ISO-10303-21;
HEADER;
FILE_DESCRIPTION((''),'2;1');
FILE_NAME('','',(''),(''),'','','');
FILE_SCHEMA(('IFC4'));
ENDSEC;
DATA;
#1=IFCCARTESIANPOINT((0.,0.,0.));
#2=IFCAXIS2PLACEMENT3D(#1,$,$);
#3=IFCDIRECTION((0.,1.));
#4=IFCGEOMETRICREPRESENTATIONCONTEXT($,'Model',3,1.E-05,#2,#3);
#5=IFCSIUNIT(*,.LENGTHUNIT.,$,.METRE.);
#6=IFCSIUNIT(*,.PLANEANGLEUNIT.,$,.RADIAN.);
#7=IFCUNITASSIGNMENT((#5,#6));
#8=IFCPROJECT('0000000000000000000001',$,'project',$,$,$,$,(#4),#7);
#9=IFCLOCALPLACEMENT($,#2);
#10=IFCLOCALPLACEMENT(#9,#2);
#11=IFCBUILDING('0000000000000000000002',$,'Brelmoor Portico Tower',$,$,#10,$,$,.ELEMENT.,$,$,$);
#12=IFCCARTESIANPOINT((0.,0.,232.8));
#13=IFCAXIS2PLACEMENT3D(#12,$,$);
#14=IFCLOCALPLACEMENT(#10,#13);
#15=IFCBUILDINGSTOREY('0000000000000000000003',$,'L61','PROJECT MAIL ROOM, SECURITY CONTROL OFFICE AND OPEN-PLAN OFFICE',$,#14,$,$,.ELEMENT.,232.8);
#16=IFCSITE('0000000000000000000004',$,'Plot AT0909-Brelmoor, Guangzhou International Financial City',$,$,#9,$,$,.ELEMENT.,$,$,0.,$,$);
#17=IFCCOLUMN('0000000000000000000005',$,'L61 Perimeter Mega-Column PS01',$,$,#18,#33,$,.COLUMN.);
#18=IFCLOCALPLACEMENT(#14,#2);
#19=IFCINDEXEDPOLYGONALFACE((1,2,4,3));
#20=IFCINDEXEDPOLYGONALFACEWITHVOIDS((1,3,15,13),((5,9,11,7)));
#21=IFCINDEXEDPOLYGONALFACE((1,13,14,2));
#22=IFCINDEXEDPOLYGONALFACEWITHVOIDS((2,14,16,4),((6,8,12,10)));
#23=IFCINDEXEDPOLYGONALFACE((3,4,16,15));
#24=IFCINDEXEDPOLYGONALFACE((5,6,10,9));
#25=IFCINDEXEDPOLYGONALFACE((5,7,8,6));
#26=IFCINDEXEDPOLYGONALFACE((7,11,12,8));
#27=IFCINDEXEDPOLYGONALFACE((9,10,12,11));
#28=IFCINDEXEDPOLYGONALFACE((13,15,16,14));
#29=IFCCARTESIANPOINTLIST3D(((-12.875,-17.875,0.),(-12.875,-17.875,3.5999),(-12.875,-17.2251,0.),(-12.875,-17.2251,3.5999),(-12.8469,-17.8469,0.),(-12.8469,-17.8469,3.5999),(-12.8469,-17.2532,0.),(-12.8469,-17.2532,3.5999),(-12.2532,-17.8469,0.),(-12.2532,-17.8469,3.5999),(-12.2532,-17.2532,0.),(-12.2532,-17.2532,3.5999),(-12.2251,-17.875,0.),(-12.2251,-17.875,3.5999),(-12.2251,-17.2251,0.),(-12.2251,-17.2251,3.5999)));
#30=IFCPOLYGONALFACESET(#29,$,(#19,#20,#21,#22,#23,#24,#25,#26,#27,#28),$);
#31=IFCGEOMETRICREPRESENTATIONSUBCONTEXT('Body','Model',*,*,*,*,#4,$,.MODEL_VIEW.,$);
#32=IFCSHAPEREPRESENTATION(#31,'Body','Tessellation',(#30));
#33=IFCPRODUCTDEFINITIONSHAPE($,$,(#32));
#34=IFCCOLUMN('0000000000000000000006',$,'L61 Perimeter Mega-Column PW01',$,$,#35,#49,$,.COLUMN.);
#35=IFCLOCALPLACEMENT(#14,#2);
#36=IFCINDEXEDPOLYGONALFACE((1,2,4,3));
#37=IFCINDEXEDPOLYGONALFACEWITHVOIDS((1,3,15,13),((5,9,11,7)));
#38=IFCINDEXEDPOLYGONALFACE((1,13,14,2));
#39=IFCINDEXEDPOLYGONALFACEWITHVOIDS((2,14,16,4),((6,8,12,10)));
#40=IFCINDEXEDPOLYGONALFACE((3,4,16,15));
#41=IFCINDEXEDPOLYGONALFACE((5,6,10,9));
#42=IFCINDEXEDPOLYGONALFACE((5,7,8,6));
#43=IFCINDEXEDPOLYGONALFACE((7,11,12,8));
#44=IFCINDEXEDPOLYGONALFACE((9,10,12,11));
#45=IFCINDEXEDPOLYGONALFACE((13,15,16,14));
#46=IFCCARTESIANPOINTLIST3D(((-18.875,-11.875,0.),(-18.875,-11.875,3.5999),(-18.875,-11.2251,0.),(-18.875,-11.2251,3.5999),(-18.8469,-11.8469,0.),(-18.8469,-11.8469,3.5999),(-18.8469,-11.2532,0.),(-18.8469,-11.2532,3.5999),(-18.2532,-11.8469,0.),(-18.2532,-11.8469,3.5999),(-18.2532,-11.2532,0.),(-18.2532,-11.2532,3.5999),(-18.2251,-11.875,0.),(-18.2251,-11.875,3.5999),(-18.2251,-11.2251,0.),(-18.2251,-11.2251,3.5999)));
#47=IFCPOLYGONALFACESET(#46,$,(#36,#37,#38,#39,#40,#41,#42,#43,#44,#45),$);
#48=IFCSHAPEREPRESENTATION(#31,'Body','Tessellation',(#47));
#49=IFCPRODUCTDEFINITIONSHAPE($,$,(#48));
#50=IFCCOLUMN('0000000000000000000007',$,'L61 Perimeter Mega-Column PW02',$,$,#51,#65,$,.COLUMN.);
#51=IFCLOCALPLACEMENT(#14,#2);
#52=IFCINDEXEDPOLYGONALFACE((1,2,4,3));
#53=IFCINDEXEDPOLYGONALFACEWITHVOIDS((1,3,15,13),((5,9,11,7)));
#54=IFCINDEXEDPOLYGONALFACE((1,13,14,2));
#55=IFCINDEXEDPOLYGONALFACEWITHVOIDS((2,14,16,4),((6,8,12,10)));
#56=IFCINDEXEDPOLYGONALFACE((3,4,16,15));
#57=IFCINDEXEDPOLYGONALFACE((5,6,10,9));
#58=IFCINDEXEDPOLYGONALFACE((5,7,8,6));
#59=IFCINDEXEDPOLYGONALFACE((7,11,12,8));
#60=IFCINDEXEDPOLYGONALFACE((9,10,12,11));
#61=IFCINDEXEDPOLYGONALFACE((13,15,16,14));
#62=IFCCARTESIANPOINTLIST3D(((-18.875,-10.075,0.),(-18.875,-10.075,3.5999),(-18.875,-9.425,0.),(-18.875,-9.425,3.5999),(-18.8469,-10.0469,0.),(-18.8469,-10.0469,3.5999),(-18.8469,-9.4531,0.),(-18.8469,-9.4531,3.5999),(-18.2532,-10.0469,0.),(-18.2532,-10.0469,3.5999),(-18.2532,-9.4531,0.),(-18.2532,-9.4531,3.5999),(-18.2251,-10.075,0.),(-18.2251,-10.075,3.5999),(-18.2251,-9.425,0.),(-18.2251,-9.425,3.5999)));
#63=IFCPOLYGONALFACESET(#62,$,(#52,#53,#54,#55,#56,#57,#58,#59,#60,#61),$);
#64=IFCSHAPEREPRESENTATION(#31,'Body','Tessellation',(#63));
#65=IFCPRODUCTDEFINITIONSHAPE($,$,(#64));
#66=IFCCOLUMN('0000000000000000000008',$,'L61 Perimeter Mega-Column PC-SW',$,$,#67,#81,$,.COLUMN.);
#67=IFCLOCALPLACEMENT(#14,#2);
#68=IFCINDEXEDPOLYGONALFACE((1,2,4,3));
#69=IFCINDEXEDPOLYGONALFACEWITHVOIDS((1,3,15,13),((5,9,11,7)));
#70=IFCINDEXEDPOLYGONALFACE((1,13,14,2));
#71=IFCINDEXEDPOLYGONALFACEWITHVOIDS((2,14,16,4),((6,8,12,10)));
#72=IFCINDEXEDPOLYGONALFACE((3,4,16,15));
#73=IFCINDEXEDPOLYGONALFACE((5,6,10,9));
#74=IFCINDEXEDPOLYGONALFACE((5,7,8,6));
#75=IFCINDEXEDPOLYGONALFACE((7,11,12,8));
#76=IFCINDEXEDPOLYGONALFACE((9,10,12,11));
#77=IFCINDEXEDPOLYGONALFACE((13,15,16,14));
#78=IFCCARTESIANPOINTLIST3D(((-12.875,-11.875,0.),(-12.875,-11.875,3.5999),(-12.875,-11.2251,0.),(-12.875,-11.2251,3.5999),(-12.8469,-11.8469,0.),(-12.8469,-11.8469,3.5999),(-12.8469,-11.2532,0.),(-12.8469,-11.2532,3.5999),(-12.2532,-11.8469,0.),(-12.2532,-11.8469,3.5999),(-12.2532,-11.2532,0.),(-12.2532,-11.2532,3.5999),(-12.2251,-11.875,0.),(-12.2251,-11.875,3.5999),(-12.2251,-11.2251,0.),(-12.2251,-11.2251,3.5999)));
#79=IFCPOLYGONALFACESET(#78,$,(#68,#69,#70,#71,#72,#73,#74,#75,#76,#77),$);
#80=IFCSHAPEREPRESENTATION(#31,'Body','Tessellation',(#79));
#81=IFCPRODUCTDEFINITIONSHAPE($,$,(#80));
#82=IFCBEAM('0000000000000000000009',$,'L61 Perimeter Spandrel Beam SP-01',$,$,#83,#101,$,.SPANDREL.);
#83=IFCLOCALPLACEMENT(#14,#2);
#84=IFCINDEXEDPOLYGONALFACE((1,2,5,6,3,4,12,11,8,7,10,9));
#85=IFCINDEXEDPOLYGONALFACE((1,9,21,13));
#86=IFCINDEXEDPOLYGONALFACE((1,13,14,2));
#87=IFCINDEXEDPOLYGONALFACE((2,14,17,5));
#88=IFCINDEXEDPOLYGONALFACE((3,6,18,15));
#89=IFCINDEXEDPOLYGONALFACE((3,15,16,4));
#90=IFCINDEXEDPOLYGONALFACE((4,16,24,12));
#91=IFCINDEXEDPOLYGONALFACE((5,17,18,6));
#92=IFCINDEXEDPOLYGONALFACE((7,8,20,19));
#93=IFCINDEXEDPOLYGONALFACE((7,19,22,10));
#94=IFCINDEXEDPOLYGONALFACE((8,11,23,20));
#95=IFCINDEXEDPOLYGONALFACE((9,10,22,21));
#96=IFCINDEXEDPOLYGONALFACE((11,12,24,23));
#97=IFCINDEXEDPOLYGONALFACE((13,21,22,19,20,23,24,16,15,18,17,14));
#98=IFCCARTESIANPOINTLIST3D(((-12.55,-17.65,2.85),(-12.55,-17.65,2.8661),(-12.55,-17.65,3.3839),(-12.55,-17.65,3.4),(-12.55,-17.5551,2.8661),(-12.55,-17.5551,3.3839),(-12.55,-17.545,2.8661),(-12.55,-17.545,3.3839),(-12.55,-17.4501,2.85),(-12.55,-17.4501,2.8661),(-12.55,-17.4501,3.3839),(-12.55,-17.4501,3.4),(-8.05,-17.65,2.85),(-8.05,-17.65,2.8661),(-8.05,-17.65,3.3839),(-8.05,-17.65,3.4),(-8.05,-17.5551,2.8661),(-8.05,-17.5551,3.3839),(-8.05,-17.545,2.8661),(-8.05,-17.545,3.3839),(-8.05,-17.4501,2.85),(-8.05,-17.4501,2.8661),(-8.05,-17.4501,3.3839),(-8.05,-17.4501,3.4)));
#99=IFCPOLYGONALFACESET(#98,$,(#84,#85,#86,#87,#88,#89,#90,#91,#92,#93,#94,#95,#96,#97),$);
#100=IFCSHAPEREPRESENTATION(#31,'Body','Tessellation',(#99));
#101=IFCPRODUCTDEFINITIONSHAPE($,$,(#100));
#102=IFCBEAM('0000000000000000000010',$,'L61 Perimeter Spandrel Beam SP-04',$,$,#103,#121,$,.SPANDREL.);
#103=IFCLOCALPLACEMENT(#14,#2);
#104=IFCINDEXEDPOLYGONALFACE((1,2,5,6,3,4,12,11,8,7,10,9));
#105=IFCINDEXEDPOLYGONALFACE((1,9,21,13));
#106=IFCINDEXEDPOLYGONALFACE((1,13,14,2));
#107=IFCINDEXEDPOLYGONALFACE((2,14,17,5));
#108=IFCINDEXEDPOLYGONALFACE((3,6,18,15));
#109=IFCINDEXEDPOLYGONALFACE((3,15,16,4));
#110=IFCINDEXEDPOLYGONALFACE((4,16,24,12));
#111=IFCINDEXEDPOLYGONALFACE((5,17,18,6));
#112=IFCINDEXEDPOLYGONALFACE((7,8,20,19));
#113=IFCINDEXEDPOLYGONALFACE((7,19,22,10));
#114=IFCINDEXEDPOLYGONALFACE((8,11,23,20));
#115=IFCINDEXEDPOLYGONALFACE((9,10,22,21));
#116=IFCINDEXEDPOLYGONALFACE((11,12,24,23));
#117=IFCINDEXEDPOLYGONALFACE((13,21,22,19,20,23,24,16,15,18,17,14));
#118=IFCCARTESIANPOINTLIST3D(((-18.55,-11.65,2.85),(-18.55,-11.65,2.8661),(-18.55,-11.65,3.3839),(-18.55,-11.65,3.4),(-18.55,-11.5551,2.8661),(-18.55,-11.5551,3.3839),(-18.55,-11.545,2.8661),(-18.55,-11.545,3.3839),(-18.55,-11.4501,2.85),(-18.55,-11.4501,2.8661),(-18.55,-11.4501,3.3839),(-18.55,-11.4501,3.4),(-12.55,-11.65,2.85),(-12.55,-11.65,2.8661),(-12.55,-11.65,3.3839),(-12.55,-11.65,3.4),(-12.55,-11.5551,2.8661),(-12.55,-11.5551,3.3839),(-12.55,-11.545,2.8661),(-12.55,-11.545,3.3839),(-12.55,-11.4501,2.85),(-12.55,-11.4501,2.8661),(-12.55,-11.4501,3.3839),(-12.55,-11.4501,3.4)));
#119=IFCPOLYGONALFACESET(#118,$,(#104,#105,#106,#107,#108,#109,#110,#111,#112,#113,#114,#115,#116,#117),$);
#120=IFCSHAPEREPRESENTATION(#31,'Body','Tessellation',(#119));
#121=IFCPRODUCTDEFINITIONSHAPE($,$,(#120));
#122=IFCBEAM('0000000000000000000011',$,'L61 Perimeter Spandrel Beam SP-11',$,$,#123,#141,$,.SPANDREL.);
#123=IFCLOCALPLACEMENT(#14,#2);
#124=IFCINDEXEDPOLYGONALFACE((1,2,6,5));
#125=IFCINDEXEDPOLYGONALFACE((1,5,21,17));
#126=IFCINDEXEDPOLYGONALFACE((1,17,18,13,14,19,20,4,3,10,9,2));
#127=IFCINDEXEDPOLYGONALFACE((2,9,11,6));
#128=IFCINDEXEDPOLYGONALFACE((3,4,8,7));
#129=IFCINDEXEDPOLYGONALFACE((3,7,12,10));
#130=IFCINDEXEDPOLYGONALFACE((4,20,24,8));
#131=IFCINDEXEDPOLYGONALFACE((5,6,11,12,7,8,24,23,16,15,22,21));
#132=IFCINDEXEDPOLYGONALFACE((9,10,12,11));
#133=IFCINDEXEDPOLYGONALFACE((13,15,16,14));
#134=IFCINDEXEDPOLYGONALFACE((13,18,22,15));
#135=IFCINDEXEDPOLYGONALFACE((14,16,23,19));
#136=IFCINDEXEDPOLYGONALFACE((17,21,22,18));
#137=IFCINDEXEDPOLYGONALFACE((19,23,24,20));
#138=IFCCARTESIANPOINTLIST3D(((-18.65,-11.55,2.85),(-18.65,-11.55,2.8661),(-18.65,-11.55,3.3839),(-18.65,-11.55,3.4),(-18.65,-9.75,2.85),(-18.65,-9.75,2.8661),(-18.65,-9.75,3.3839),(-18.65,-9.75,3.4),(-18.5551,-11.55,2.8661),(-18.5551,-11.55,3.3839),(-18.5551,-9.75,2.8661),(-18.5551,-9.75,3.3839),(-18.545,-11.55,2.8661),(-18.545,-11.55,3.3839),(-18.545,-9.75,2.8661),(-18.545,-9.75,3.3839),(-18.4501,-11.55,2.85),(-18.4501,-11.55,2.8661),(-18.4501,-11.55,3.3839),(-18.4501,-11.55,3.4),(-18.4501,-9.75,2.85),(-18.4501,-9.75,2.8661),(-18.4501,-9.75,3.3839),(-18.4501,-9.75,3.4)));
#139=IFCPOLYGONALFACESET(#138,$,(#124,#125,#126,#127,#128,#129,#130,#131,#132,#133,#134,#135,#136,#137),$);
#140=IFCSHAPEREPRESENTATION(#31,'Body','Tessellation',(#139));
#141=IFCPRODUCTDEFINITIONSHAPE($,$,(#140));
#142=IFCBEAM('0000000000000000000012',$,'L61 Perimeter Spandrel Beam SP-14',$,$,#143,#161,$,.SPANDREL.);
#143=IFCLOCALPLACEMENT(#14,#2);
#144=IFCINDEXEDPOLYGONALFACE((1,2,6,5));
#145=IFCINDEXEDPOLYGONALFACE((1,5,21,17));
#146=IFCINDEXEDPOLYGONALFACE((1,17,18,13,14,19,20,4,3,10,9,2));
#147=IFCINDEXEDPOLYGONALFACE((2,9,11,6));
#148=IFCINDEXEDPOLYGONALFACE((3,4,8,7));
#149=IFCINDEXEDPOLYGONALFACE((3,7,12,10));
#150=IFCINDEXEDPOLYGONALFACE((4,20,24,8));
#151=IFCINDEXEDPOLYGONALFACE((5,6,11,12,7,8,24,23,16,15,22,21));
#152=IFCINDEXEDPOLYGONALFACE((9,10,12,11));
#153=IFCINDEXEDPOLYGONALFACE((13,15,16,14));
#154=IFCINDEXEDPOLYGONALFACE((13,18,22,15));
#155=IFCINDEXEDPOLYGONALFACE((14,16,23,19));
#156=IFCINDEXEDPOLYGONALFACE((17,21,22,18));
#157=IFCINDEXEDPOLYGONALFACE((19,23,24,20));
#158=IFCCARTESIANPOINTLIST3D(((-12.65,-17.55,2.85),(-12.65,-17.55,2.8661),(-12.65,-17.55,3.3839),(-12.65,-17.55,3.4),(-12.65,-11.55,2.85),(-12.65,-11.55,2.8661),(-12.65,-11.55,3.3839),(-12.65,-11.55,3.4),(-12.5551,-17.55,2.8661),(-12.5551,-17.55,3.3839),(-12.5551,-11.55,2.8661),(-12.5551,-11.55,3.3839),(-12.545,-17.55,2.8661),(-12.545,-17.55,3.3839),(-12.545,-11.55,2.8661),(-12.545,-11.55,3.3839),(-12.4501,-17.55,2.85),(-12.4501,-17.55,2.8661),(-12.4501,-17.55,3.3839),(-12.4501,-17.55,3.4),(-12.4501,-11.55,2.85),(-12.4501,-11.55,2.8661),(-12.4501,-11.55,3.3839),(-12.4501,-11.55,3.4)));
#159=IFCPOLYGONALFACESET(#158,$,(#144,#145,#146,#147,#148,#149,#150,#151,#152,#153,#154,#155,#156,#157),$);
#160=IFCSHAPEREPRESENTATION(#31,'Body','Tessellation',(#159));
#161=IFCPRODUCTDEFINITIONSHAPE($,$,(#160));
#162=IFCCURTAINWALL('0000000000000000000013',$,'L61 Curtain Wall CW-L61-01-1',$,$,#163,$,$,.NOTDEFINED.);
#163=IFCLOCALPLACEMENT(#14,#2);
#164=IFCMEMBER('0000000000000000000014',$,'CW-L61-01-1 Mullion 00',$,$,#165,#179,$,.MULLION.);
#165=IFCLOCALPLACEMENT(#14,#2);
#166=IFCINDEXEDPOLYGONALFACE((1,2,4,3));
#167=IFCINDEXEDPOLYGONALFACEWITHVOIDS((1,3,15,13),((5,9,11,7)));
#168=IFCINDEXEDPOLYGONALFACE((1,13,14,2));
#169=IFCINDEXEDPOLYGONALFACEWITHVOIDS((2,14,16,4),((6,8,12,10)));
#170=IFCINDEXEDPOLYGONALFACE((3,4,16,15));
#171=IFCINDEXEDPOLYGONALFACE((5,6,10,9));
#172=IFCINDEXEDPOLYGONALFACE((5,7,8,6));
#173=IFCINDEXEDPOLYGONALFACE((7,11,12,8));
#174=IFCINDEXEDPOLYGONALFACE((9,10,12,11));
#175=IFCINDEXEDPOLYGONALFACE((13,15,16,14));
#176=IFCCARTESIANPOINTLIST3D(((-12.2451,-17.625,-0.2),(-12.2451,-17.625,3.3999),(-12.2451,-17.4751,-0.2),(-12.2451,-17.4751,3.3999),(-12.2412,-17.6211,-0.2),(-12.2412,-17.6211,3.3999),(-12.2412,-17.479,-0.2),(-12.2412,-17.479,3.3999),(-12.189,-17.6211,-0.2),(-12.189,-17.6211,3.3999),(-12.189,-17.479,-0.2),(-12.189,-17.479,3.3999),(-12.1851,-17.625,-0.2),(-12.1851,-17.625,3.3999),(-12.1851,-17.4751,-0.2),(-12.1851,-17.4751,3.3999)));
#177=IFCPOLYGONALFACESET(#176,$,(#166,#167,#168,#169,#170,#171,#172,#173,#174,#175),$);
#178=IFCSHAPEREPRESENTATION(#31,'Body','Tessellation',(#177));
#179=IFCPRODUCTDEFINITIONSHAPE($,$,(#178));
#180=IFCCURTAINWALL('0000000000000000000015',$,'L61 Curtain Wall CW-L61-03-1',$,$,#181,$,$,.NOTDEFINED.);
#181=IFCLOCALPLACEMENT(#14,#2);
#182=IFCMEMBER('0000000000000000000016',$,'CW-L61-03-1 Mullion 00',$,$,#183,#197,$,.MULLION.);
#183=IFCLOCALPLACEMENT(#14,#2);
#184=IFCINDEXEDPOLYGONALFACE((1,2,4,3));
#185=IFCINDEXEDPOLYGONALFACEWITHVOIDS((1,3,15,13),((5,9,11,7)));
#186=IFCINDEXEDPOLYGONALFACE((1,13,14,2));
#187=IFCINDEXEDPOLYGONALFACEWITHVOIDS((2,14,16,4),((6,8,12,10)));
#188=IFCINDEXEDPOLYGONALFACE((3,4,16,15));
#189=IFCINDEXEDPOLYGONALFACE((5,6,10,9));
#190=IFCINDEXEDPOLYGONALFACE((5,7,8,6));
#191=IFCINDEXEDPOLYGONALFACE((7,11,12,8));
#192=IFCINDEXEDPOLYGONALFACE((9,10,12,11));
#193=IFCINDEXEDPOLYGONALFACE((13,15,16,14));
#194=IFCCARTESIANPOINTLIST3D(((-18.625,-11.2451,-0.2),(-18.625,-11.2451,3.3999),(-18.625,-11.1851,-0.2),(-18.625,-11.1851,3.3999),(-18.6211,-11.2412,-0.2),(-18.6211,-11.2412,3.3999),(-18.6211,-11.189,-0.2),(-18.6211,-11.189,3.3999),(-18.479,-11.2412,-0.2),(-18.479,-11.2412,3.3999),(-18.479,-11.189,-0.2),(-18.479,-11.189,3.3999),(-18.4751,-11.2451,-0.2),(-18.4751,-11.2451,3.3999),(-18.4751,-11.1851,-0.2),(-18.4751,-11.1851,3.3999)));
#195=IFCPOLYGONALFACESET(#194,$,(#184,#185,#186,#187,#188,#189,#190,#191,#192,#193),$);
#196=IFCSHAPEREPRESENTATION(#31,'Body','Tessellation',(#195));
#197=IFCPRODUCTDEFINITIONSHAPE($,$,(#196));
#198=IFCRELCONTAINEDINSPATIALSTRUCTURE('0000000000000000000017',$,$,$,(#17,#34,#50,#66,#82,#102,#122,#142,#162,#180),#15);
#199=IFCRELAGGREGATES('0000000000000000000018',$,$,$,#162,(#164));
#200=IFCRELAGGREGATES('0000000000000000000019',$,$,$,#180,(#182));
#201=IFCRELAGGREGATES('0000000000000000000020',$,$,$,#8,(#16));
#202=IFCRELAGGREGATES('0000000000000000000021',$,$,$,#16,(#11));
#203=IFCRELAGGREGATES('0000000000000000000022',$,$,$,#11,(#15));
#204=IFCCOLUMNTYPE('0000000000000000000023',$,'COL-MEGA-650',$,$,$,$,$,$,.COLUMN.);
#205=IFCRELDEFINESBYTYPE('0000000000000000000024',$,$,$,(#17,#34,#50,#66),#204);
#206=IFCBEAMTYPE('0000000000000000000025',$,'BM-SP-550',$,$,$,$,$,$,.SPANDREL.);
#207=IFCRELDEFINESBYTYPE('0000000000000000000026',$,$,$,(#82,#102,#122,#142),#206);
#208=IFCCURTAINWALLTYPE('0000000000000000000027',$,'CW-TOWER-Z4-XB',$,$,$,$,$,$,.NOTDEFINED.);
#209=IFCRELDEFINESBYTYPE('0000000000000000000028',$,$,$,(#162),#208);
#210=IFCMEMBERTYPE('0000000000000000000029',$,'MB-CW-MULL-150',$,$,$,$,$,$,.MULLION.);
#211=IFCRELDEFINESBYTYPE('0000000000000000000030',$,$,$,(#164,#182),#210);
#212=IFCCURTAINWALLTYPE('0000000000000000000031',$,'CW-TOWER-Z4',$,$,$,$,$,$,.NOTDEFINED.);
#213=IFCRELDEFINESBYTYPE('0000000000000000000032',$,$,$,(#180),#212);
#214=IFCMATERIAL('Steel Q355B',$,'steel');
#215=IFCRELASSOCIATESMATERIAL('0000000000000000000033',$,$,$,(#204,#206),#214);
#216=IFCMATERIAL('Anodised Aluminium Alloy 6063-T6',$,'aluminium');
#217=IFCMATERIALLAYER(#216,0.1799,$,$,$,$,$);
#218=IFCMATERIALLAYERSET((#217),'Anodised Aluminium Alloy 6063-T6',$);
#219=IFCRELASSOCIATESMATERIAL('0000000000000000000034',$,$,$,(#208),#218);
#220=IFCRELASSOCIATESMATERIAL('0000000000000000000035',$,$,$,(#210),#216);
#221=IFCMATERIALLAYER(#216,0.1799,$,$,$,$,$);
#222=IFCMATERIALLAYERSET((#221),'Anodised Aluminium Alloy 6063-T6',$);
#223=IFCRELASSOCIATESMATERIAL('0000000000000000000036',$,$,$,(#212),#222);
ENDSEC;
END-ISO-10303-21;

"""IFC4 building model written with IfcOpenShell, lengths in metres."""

from ifc_helpers import new_model, si_unit, direction, frame, origin, origin_2d, place, context, subcontext, project, spatial, hollow_rectangle, i_section, extrude, material, layer, layer_set, material_profile, profile_set, type_object, element, aggregate, save


model = new_model("IFC4")

# Units and contexts
model_context = context("Model", 3, precision=1e-05, world=origin(), true_north=direction((0.0, 1.0)))
body_context = subcontext(model_context, "Body", "Model", "MODEL_VIEW")
ifc_project = project(units=[si_unit("LENGTHUNIT", "METRE"), si_unit("PLANEANGLEUNIT", "RADIAN")], contexts=[model_context])

# Site, building, storey
site_placement = place(None, origin())
site = spatial("IfcSite", under=ifc_project, at=site_placement, Name="Plot AT0909-Brelmoor, Guangzhou International Financial City", CompositionType="ELEMENT", RefElevation=0.0)
building_placement = place(site_placement, origin())
building = spatial("IfcBuilding", under=site, at=building_placement, Name="Brelmoor Portico Tower", CompositionType="ELEMENT")
storey_placement = place(building_placement, frame((0.0, 0.0, 232.8)))
storey = spatial("IfcBuildingStorey", under=building, at=storey_placement, Name="L61", Description="PROJECT MAIL ROOM, SECURITY CONTROL OFFICE AND OPEN-PLAN OFFICE", CompositionType="ELEMENT", Elevation=232.8)

# Columns
ifc_material_1 = material(Name="Steel Q355B", Category="steel")
ifc_material_profile_1 = material_profile(ifc_material_1, hollow_rectangle(XDim=0.6499, YDim=0.6499, WallThickness=0.0281, at=origin_2d()), Name="BOX 650x650x28")
ifc_profile_set_1 = profile_set([ifc_material_profile_1], Name="Steel Q355B")
column_type = type_object("IfcColumnType", Name="COL-MEGA-650", PredefinedType="COLUMN", material=ifc_profile_set_1)
for number, where, z_axis, x_axis, name in (
    (1, (-12.55, -17.55, 0.0), (0.0, 0.0, 1.0), (1.0, 0.0, 0.0), "L61 Perimeter Mega-Column PS01"),
    (2, (-18.55, -11.55, 0.0), (0.0, 0.0, 1.0), (0.0, 1.0, 0.0), "L61 Perimeter Mega-Column PW01"),
    (3, (-18.55, -9.75, 0.0), (0.0, 0.0, 1.0), (0.0, 1.0, 0.0), "L61 Perimeter Mega-Column PW02"),
    (4, (-12.55, -11.55, 0.0), (0.0, 0.0, 1.0), (1.0, 0.0, 0.0), "L61 Perimeter Mega-Column PC-SW"),
):
    element("IfcColumn", number, at=place(storey_placement, frame(where, z_axis=z_axis, x_axis=x_axis)), inside=storey, type_object=column_type, Name=name, PredefinedType="COLUMN", context=body_context, shape_type="SweptSolid", body=[
        extrude(hollow_rectangle(XDim=0.6499, YDim=0.6499, WallThickness=0.0281, at=origin_2d()), origin(), (0.0, 0.0, 1.0), 3.5999),
    ])

# Beams
ifc_material_profile_2 = material_profile(ifc_material_1, i_section(OverallWidth=0.2, OverallDepth=0.55, WebThickness=0.01, FlangeThickness=0.0161, at=origin_2d()), Name="HN 550x200x10x16")
ifc_profile_set_2 = profile_set([ifc_material_profile_2], Name="Steel Q355B")
beam_type = type_object("IfcBeamType", Name="BM-SP-550", PredefinedType="SPANDREL", material=ifc_profile_set_2)
beam_1_placement = place(storey_placement, frame((-12.55, -17.55, 3.125), z_axis=(1.0, 0.0, 0.0), x_axis=(0.0, 1.0, 0.0)))
element("IfcBeam", 5, at=beam_1_placement, inside=storey, type_object=beam_type, Name="L61 Perimeter Spandrel Beam SP-01", PredefinedType="SPANDREL", context=body_context, shape_type="SweptSolid", body=[
    extrude(i_section(OverallWidth=0.2, OverallDepth=0.55, WebThickness=0.01, FlangeThickness=0.0161, at=origin_2d()), origin(), (0.0, 0.0, 1.0), 4.5),
])
beam_2_placement = place(storey_placement, frame((-18.55, -11.55, 3.125), z_axis=(1.0, 0.0, 0.0), x_axis=(0.0, 1.0, 0.0)))
element("IfcBeam", 6, at=beam_2_placement, inside=storey, type_object=beam_type, Name="L61 Perimeter Spandrel Beam SP-04", PredefinedType="SPANDREL", context=body_context, shape_type="SweptSolid", body=[
    extrude(i_section(OverallWidth=0.2, OverallDepth=0.55, WebThickness=0.01, FlangeThickness=0.0161, at=origin_2d()), origin(), (0.0, 0.0, 1.0), 6.0),
])
beam_3_placement = place(storey_placement, frame((-18.55, -11.55, 3.125), z_axis=(0.0, 1.0, 0.0), x_axis=(-1.0, 0.0, 0.0)))
element("IfcBeam", 7, at=beam_3_placement, inside=storey, type_object=beam_type, Name="L61 Perimeter Spandrel Beam SP-11", PredefinedType="SPANDREL", context=body_context, shape_type="SweptSolid", body=[
    extrude(i_section(OverallWidth=0.2, OverallDepth=0.55, WebThickness=0.01, FlangeThickness=0.0161, at=origin_2d()), origin(), (0.0, 0.0, 1.0), 1.8),
])
beam_4_placement = place(storey_placement, frame((-12.55, -17.55, 3.125), z_axis=(0.0, 1.0, 0.0), x_axis=(-1.0, 0.0, 0.0)))
element("IfcBeam", 8, at=beam_4_placement, inside=storey, type_object=beam_type, Name="L61 Perimeter Spandrel Beam SP-14", PredefinedType="SPANDREL", context=body_context, shape_type="SweptSolid", body=[
    extrude(i_section(OverallWidth=0.2, OverallDepth=0.55, WebThickness=0.01, FlangeThickness=0.0161, at=origin_2d()), origin(), (0.0, 0.0, 1.0), 6.0),
])

# Curtain wall, member
ifc_material_2 = material(Name="Anodised Aluminium Alloy 6063-T6", Category="aluminium")
ifc_layer_1 = layer(ifc_material_2, 0.1799)
ifc_layer_set_1 = layer_set([ifc_layer_1], Name="Anodised Aluminium Alloy 6063-T6")
curtain_wall_type_1 = type_object("IfcCurtainWallType", Name="CW-TOWER-Z4-XB", PredefinedType="NOTDEFINED", material=ifc_layer_set_1)
curtain_wall_1_placement = place(storey_placement, origin())
curtain_wall_1 = element("IfcCurtainWall", 9, at=curtain_wall_1_placement, inside=storey, type_object=curtain_wall_type_1, Name="L61 Curtain Wall CW-L61-01-1", PredefinedType="NOTDEFINED")
ifc_material_profile_3 = material_profile(ifc_material_2, hollow_rectangle(XDim=0.0601, YDim=0.1499, WallThickness=0.0039, at=origin_2d()), Name="ALU MULLION 60x150")
ifc_profile_set_3 = profile_set([ifc_material_profile_3], Name="Anodised Aluminium Alloy 6063-T6")
member_type_1 = type_object("IfcMemberType", Name="MB-CW-MULL-150", PredefinedType="MULLION", material=ifc_profile_set_3)
member_1_placement = place(storey_placement, frame((-12.2151, -17.55, -0.2), z_axis=(0.0, 0.0, 1.0), x_axis=(1.0, 0.0, 0.0)))
member_1 = element("IfcMember", 10, at=member_1_placement, type_object=member_type_1, Name="CW-L61-01-1 Mullion 00", PredefinedType="MULLION", context=body_context, shape_type="SweptSolid", body=[
    extrude(hollow_rectangle(XDim=0.0601, YDim=0.1499, WallThickness=0.0039, at=origin_2d()), origin(), (0.0, 0.0, 1.0), 3.5999),
])

# Curtain wall, member
ifc_layer_2 = layer(ifc_material_2, 0.1799)
ifc_layer_set_2 = layer_set([ifc_layer_2], Name="Anodised Aluminium Alloy 6063-T6")
curtain_wall_type_2 = type_object("IfcCurtainWallType", Name="CW-TOWER-Z4", PredefinedType="NOTDEFINED", material=ifc_layer_set_2)
curtain_wall_2_placement = place(storey_placement, origin())
curtain_wall_2 = element("IfcCurtainWall", 11, at=curtain_wall_2_placement, inside=storey, type_object=curtain_wall_type_2, Name="L61 Curtain Wall CW-L61-03-1", PredefinedType="NOTDEFINED")
member_2_placement = place(storey_placement, frame((-18.55, -11.2151, -0.2), z_axis=(0.0, 0.0, 1.0), x_axis=(0.0, 1.0, 0.0)))
member_2 = element("IfcMember", 12, at=member_2_placement, type_object=member_type_1, Name="CW-L61-03-1 Mullion 00", PredefinedType="MULLION", context=body_context, shape_type="SweptSolid", body=[
    extrude(hollow_rectangle(XDim=0.0601, YDim=0.1499, WallThickness=0.0039, at=origin_2d()), origin(), (0.0, 0.0, 1.0), 3.5999),
])

aggregate(curtain_wall_1, [member_1])

aggregate(curtain_wall_2, [member_2])

save(model, "model.ifc")
